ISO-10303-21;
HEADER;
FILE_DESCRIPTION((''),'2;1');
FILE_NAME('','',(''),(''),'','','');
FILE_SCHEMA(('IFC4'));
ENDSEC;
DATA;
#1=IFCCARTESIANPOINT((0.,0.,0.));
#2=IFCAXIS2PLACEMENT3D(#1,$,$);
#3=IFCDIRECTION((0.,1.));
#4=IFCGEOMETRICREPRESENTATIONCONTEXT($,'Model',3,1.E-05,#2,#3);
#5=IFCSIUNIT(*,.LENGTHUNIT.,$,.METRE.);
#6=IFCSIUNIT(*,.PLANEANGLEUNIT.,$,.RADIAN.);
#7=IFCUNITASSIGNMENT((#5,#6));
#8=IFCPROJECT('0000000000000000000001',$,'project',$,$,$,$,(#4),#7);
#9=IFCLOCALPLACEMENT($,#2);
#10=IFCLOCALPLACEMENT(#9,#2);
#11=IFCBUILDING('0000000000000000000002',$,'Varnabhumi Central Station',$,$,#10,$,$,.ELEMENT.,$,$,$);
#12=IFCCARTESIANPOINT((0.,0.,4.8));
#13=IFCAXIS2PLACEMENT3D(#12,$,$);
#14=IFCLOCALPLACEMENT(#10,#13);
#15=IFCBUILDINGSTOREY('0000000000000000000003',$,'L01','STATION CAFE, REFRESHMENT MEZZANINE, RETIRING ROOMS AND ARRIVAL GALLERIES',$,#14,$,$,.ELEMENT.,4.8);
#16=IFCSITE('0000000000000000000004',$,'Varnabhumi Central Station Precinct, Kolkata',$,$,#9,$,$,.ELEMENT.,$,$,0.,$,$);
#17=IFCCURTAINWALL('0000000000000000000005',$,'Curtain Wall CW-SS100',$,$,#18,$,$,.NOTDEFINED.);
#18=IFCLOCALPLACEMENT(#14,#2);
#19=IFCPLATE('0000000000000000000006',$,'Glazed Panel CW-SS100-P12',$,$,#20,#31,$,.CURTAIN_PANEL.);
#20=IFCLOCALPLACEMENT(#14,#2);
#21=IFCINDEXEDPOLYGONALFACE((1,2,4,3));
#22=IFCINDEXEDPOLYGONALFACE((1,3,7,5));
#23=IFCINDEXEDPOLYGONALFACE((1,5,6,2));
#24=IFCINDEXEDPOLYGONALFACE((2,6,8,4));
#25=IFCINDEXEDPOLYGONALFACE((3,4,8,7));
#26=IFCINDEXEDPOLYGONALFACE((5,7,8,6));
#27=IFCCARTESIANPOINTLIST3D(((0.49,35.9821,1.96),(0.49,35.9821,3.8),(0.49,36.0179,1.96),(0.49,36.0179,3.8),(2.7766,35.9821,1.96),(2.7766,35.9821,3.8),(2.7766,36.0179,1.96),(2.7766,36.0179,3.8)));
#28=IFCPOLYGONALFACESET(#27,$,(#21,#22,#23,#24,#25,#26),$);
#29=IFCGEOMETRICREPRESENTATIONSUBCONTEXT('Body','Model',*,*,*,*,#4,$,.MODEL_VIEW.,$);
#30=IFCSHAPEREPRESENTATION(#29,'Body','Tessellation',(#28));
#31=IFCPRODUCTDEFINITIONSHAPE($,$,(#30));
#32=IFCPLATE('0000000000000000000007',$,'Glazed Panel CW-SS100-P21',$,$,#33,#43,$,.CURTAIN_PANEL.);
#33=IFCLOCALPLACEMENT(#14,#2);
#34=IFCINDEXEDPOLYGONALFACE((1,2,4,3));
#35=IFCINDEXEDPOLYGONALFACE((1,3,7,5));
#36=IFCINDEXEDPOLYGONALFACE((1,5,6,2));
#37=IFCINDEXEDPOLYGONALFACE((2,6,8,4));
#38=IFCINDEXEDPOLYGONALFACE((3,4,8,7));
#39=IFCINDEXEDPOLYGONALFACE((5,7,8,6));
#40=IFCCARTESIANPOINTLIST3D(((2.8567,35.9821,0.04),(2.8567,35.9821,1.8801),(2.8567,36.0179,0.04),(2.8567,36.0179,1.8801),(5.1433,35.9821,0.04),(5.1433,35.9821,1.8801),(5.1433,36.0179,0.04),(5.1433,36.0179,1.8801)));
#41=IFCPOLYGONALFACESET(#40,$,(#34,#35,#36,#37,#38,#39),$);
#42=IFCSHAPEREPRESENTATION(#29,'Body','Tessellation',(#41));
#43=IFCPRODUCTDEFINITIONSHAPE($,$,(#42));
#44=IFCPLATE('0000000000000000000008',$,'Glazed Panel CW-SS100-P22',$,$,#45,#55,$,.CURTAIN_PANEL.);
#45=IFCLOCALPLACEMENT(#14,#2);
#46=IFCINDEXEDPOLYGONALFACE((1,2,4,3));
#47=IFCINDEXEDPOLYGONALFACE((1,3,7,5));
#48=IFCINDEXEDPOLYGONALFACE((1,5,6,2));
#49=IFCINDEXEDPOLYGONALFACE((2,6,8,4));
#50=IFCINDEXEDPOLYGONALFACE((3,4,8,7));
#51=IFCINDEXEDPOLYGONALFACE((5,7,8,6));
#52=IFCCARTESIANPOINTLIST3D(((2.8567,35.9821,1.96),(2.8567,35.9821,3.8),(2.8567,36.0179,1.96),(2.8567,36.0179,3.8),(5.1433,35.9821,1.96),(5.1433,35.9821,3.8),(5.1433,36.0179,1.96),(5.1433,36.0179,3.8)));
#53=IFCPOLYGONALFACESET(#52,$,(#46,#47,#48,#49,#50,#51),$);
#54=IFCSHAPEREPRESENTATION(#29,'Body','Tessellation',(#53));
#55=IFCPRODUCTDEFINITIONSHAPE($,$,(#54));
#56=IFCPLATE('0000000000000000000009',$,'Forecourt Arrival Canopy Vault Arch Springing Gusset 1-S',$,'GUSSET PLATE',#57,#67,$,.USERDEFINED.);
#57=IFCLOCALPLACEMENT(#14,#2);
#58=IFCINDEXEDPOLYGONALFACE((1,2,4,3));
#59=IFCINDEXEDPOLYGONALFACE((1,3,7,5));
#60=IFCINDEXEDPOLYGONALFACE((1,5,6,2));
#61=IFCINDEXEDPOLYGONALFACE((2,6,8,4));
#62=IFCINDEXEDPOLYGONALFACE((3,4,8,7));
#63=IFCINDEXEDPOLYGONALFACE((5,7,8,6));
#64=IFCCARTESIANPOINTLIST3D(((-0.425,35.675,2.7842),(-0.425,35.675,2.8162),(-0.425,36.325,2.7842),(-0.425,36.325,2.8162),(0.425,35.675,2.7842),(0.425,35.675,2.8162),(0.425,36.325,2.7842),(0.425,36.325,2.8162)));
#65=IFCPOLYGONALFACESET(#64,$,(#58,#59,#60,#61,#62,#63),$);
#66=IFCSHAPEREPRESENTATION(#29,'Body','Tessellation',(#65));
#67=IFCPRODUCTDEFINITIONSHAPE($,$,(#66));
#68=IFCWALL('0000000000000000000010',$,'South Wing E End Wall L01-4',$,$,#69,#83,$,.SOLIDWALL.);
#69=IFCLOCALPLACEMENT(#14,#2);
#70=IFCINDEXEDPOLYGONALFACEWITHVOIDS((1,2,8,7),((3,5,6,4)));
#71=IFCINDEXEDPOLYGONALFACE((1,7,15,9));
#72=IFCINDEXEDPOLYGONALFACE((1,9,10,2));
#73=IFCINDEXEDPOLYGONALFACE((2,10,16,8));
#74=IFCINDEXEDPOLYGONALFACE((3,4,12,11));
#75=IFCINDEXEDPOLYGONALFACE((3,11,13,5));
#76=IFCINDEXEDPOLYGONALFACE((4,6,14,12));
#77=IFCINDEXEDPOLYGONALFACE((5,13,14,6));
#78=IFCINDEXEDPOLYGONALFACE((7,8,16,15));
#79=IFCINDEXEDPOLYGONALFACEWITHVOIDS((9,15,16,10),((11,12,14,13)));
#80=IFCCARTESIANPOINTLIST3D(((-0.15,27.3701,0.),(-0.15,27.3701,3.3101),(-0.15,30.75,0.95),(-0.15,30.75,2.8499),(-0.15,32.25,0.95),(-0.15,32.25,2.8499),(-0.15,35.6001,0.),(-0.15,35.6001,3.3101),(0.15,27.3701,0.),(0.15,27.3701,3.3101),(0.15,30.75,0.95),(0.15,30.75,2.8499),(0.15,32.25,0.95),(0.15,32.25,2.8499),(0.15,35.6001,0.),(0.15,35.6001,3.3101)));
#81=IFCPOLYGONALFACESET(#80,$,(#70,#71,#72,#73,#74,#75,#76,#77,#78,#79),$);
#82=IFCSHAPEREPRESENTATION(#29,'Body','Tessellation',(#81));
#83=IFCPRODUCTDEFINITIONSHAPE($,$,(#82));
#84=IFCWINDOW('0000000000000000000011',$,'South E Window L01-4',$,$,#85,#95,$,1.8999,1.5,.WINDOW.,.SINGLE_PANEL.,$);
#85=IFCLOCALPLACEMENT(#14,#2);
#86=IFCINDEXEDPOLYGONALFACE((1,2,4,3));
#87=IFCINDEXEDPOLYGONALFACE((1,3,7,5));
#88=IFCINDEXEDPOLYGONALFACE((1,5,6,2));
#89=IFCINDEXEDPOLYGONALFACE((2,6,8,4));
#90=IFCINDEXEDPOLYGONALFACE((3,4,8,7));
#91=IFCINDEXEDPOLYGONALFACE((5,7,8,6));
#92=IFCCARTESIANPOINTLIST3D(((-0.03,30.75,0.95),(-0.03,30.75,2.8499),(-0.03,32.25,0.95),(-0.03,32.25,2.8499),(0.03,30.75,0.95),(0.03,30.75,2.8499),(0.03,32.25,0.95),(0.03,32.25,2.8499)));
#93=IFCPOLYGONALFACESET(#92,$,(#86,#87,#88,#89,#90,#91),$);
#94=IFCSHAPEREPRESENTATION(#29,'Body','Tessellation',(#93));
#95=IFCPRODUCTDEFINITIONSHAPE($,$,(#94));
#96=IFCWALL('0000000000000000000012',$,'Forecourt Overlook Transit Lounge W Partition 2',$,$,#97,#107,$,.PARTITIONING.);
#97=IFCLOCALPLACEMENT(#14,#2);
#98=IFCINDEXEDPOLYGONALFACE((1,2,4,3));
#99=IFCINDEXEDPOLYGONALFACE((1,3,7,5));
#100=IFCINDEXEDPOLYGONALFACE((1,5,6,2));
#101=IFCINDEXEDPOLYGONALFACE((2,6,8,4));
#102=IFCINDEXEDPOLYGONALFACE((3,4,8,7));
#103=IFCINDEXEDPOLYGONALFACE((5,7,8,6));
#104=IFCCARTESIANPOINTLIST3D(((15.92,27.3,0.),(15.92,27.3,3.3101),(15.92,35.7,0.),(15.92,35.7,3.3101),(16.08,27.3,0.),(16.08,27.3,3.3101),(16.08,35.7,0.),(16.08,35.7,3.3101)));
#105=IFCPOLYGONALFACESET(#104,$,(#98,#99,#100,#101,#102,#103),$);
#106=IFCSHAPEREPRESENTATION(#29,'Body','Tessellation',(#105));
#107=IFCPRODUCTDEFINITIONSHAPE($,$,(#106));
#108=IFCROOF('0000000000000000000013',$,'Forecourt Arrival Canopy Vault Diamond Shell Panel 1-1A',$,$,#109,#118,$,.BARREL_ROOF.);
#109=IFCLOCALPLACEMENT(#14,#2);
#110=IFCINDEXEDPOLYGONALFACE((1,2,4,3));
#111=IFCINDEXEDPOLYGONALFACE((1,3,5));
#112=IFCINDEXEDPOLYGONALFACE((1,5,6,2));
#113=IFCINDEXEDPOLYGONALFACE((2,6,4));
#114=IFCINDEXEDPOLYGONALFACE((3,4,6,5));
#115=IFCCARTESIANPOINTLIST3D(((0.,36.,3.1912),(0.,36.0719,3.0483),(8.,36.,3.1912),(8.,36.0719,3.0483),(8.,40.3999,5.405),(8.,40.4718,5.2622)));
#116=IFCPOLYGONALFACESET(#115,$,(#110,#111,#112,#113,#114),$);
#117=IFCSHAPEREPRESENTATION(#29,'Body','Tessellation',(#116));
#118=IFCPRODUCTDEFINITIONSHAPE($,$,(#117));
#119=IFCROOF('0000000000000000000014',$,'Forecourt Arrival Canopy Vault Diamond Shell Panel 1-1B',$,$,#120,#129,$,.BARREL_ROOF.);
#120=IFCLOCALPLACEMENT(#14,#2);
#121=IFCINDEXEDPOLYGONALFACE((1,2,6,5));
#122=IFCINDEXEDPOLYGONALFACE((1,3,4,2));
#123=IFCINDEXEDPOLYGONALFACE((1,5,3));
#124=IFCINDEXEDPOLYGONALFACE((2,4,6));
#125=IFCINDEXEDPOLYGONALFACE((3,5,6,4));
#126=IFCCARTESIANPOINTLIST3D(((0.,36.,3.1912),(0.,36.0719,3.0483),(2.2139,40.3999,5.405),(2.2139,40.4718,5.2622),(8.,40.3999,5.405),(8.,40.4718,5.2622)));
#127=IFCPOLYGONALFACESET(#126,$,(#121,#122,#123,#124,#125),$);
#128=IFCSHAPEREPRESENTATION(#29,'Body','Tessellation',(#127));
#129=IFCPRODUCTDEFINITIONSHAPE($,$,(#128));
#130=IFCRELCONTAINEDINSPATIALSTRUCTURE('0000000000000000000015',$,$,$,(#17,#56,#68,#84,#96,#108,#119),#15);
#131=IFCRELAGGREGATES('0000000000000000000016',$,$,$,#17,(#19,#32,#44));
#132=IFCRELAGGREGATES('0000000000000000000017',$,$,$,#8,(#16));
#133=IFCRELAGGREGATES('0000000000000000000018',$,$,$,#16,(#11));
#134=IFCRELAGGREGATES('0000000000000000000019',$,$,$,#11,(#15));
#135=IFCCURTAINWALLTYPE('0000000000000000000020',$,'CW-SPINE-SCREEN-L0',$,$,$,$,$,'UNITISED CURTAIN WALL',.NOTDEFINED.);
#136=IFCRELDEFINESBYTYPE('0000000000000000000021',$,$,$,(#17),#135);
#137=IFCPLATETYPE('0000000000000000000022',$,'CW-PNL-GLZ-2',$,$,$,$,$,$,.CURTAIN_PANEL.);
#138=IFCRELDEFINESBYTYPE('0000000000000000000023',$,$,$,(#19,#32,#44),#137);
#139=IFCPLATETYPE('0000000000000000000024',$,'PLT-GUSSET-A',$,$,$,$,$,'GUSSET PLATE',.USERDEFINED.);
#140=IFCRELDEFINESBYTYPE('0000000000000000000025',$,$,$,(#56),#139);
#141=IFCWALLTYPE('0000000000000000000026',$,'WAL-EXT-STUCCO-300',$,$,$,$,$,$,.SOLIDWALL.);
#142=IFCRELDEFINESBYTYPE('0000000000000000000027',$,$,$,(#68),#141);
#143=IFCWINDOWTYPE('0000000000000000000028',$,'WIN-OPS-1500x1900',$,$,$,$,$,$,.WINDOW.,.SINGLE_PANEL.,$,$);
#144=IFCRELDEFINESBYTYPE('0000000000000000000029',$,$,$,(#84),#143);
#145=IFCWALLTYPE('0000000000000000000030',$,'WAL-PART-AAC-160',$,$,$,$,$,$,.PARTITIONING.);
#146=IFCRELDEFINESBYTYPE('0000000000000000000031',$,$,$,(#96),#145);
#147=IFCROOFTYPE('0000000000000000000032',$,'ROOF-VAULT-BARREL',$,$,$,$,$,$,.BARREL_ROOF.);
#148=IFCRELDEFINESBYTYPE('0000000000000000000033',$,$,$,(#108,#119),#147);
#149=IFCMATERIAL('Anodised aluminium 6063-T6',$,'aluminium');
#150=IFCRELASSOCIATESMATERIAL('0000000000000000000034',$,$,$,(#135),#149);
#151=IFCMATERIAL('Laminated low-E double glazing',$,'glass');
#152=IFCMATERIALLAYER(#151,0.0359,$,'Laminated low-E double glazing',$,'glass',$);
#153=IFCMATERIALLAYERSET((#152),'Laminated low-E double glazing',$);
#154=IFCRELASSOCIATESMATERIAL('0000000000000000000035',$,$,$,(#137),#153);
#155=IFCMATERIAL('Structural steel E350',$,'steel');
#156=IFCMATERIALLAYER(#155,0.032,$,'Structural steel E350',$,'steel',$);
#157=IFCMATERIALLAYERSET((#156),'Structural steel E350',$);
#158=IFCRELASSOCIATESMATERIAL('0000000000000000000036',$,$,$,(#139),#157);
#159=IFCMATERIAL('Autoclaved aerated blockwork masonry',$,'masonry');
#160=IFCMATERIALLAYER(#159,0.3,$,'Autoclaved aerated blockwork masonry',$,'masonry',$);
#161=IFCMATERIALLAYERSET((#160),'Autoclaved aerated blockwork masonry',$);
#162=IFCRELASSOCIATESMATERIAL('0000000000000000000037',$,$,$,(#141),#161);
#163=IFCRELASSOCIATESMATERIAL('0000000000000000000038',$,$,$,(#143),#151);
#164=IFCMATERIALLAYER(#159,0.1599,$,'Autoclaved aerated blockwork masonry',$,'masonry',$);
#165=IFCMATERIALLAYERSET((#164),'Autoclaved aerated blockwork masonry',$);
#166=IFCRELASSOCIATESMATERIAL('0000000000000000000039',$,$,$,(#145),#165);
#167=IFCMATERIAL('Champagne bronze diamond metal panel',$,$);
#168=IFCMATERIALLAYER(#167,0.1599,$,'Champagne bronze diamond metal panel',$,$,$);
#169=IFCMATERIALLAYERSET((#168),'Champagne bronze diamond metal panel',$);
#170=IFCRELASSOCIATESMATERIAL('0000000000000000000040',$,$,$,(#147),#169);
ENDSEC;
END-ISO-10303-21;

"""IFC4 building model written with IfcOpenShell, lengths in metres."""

from ifc_helpers import new_model, si_unit, direction, frame, frame_2d, origin, origin_2d, place, context, subcontext, project, spatial, polyline, rectangle, outline, extrude, material, layer, layer_set, type_object, element, fill, aggregate, save


model = new_model("IFC4")

# Units and contexts
model_context = context("Model", 3, precision=1e-05, world=origin(), true_north=direction((0.0, 1.0)))
body_context = subcontext(model_context, "Body", "Model", "MODEL_VIEW")
ifc_project = project(units=[si_unit("LENGTHUNIT", "METRE"), si_unit("PLANEANGLEUNIT", "RADIAN")], contexts=[model_context])

# Site, building, storey
site_placement = place(None, origin())
site = spatial("IfcSite", under=ifc_project, at=site_placement, Name="Varnabhumi Central Station Precinct, Kolkata", CompositionType="ELEMENT", RefElevation=0.0)
building_placement = place(site_placement, origin())
building = spatial("IfcBuilding", under=site, at=building_placement, Name="Varnabhumi Central Station", CompositionType="ELEMENT")
storey_placement = place(building_placement, frame((0.0, 0.0, 4.8)))
storey = spatial("IfcBuildingStorey", under=building, at=storey_placement, Name="L01", Description="STATION CAFE, REFRESHMENT MEZZANINE, RETIRING ROOMS AND ARRIVAL GALLERIES", CompositionType="ELEMENT", Elevation=4.8)

# Shared definitions
ifc_material_1 = material(Name="Structural steel E350", Category="steel")

# Curtain wall
ifc_material_2 = material(Name="Anodised aluminium 6063-T6", Category="aluminium")
curtain_wall_type = type_object("IfcCurtainWallType", Name="CW-SPINE-SCREEN-L0", ElementType="UNITISED CURTAIN WALL", PredefinedType="NOTDEFINED", material=ifc_material_2)
curtain_wall_placement = place(storey_placement, origin())
curtain_wall = element("IfcCurtainWall", 1, at=curtain_wall_placement, inside=storey, type_object=curtain_wall_type, Name="Curtain Wall CW-SS100", PredefinedType="NOTDEFINED")

# Plates
ifc_material_3 = material(Name="Laminated low-E double glazing", Category="glass")
ifc_layer_1 = layer(ifc_material_3, 0.0359, Name="Laminated low-E double glazing", Category="glass")
ifc_layer_set_1 = layer_set([ifc_layer_1], Name="Laminated low-E double glazing")
plate_type_1 = type_object("IfcPlateType", Name="CW-PNL-GLZ-2", PredefinedType="CURTAIN_PANEL", material=ifc_layer_set_1)
plate_1_placement = place(storey_placement, frame((1.6333, 36.0, 1.96), z_axis=(0.0, 0.0, 1.0), x_axis=(1.0, 0.0, 0.0)))
plate_1 = element("IfcPlate", 2, at=plate_1_placement, type_object=plate_type_1, Name="Glazed Panel CW-SS100-P12", PredefinedType="CURTAIN_PANEL", context=body_context, shape_type="SweptSolid", body=[
    extrude(rectangle(XDim=2.2866, YDim=0.0359, at=origin_2d()), origin(), (0.0, 0.0, 1.0), 1.8401),
])
plate_2_placement = place(storey_placement, frame((4.0, 36.0, 0.04), z_axis=(0.0, 0.0, 1.0), x_axis=(1.0, 0.0, 0.0)))
plate_2 = element("IfcPlate", 3, at=plate_2_placement, type_object=plate_type_1, Name="Glazed Panel CW-SS100-P21", PredefinedType="CURTAIN_PANEL", context=body_context, shape_type="SweptSolid", body=[
    extrude(rectangle(XDim=2.2866, YDim=0.0359, at=origin_2d()), origin(), (0.0, 0.0, 1.0), 1.8401),
])
plate_3_placement = place(storey_placement, frame((4.0, 36.0, 1.96), z_axis=(0.0, 0.0, 1.0), x_axis=(1.0, 0.0, 0.0)))
plate_3 = element("IfcPlate", 4, at=plate_3_placement, type_object=plate_type_1, Name="Glazed Panel CW-SS100-P22", PredefinedType="CURTAIN_PANEL", context=body_context, shape_type="SweptSolid", body=[
    extrude(rectangle(XDim=2.2866, YDim=0.0359, at=origin_2d()), origin(), (0.0, 0.0, 1.0), 1.8401),
])
aggregate(curtain_wall, [plate_1, plate_2, plate_3])
ifc_layer_2 = layer(ifc_material_1, 0.032, Name="Structural steel E350", Category="steel")
ifc_layer_set_2 = layer_set([ifc_layer_2], Name="Structural steel E350")
plate_type_2 = type_object("IfcPlateType", Name="PLT-GUSSET-A", ElementType="GUSSET PLATE", PredefinedType="USERDEFINED", material=ifc_layer_set_2)
plate_4_placement = place(storey_placement, frame((0.0, 36.0, 2.7842), z_axis=(0.0, 0.0, 1.0), x_axis=(1.0, 0.0, 0.0)))
element("IfcPlate", 5, at=plate_4_placement, inside=storey, type_object=plate_type_2, Name="Forecourt Arrival Canopy Vault Arch Springing Gusset 1-S", ObjectType="GUSSET PLATE", PredefinedType="USERDEFINED", context=body_context, shape_type="SweptSolid", body=[
    extrude(rectangle(XDim=0.8501, YDim=0.6499, at=origin_2d()), origin(), (0.0, 0.0, 1.0), 0.032),
])

# Wall, opening, window
ifc_material_4 = material(Name="Autoclaved aerated blockwork masonry", Category="masonry")
ifc_layer_3 = layer(ifc_material_4, 0.3, Name="Autoclaved aerated blockwork masonry", Category="masonry")
ifc_layer_set_3 = layer_set([ifc_layer_3], Name="Autoclaved aerated blockwork masonry")
wall_type_1 = type_object("IfcWallType", Name="WAL-EXT-STUCCO-300", PredefinedType="SOLIDWALL", material=ifc_layer_set_3)
wall_1_placement = place(storey_placement, frame((0.0, 27.3701, 0.0), z_axis=(0.0, 0.0, 1.0), x_axis=(0.0, 1.0, 0.0)))
wall_1 = element("IfcWall", 6, at=wall_1_placement, inside=storey, type_object=wall_type_1, Name="South Wing E End Wall L01-4", PredefinedType="SOLIDWALL", context=body_context, shape_type="SweptSolid", body=[
    extrude(rectangle(XDim=8.23, YDim=0.3, at=frame_2d((4.115, 0.0))), origin(), (0.0, 0.0, 1.0), 3.3101),
])
opening_placement = place(wall_1_placement, frame((3.3799, 0.0, 0.95)))
opening = element("IfcOpeningElement", 7, at=opening_placement, cuts=wall_1, PredefinedType="OPENING", context=body_context, shape_type="SweptSolid", body=[
    extrude(rectangle(XDim=1.5, YDim=1.8999, at=frame_2d((0.75, 0.95))), frame((0.0, 0.1599, 0.0), z_axis=(0.0, -1.0, 0.0), x_axis=(1.0, 0.0, 0.0)), (0.0, 0.0, 1.0), 0.3201),
])
window_type = type_object("IfcWindowType", Name="WIN-OPS-1500x1900", PartitioningType="SINGLE_PANEL", PredefinedType="WINDOW", material=ifc_material_3)
window_placement = place(opening_placement, origin())
window = element("IfcWindow", 8, at=window_placement, inside=storey, type_object=window_type, Name="South E Window L01-4", OverallHeight=1.8999, OverallWidth=1.5, PartitioningType="SINGLE_PANEL", PredefinedType="WINDOW", context=body_context, shape_type="SweptSolid", body=[
    extrude(rectangle(XDim=1.5, YDim=1.8999, at=frame_2d((0.75, 0.95))), frame((0.0, 0.03, 0.0), z_axis=(0.0, -1.0, 0.0), x_axis=(1.0, 0.0, 0.0)), (0.0, 0.0, 1.0), 0.0601),
])
fill(opening, window)

# Wall
ifc_layer_4 = layer(ifc_material_4, 0.1599, Name="Autoclaved aerated blockwork masonry", Category="masonry")
ifc_layer_set_4 = layer_set([ifc_layer_4], Name="Autoclaved aerated blockwork masonry")
wall_type_2 = type_object("IfcWallType", Name="WAL-PART-AAC-160", PredefinedType="PARTITIONING", material=ifc_layer_set_4)
wall_2_placement = place(storey_placement, frame((16.0, 27.3, 0.0), z_axis=(0.0, 0.0, 1.0), x_axis=(0.0, 1.0, 0.0)))
element("IfcWall", 9, at=wall_2_placement, inside=storey, type_object=wall_type_2, Name="Forecourt Overlook Transit Lounge W Partition 2", PredefinedType="PARTITIONING", context=body_context, shape_type="SweptSolid", body=[
    extrude(rectangle(XDim=8.3999, YDim=0.1599, at=frame_2d((4.2, 0.0))), origin(), (0.0, 0.0, 1.0), 3.3101),
])

# Roofs
ifc_material_5 = material(Name="Champagne bronze diamond metal panel")
ifc_layer_5 = layer(ifc_material_5, 0.1599, Name="Champagne bronze diamond metal panel")
ifc_layer_set_5 = layer_set([ifc_layer_5], Name="Champagne bronze diamond metal panel")
roof_type = type_object("IfcRoofType", Name="ROOF-VAULT-BARREL", PredefinedType="BARREL_ROOF", material=ifc_layer_set_5)
roof_1_placement = place(storey_placement, frame((0.0, 36.0, 3.1912), z_axis=(0.0, -0.449472, 0.893294), x_axis=(1.0, 0.0, 0.0)))
element("IfcRoof", 10, at=roof_1_placement, inside=storey, type_object=roof_type, Name="Forecourt Arrival Canopy Vault Diamond Shell Panel 1-1A", PredefinedType="BARREL_ROOF", context=body_context, shape_type="SweptSolid", body=[
    extrude(outline(polyline([(0.0, 0.0), (8.0, 0.0), (8.0, 4.9255), (0.0, 0.0)])), origin(), (0.0, 0.0, -1.0), 0.1599),
])
roof_2_placement = place(storey_placement, frame((0.0, 36.0, 3.1912), z_axis=(0.0, -0.449472, 0.893294), x_axis=(0.851544, 0.468339, 0.235651)))
element("IfcRoof", 11, at=roof_2_placement, inside=storey, type_object=roof_type, Name="Forecourt Arrival Canopy Vault Diamond Shell Panel 1-1B", PredefinedType="BARREL_ROOF", context=body_context, shape_type="SweptSolid", body=[
    extrude(outline(polyline([(0.0, 0.0), (9.3947, 0.0), (4.4676, 3.0336), (0.0, 0.0)])), origin(), (0.0, 0.0, -1.0), 0.1599),
])

save(model, "model.ifc")
